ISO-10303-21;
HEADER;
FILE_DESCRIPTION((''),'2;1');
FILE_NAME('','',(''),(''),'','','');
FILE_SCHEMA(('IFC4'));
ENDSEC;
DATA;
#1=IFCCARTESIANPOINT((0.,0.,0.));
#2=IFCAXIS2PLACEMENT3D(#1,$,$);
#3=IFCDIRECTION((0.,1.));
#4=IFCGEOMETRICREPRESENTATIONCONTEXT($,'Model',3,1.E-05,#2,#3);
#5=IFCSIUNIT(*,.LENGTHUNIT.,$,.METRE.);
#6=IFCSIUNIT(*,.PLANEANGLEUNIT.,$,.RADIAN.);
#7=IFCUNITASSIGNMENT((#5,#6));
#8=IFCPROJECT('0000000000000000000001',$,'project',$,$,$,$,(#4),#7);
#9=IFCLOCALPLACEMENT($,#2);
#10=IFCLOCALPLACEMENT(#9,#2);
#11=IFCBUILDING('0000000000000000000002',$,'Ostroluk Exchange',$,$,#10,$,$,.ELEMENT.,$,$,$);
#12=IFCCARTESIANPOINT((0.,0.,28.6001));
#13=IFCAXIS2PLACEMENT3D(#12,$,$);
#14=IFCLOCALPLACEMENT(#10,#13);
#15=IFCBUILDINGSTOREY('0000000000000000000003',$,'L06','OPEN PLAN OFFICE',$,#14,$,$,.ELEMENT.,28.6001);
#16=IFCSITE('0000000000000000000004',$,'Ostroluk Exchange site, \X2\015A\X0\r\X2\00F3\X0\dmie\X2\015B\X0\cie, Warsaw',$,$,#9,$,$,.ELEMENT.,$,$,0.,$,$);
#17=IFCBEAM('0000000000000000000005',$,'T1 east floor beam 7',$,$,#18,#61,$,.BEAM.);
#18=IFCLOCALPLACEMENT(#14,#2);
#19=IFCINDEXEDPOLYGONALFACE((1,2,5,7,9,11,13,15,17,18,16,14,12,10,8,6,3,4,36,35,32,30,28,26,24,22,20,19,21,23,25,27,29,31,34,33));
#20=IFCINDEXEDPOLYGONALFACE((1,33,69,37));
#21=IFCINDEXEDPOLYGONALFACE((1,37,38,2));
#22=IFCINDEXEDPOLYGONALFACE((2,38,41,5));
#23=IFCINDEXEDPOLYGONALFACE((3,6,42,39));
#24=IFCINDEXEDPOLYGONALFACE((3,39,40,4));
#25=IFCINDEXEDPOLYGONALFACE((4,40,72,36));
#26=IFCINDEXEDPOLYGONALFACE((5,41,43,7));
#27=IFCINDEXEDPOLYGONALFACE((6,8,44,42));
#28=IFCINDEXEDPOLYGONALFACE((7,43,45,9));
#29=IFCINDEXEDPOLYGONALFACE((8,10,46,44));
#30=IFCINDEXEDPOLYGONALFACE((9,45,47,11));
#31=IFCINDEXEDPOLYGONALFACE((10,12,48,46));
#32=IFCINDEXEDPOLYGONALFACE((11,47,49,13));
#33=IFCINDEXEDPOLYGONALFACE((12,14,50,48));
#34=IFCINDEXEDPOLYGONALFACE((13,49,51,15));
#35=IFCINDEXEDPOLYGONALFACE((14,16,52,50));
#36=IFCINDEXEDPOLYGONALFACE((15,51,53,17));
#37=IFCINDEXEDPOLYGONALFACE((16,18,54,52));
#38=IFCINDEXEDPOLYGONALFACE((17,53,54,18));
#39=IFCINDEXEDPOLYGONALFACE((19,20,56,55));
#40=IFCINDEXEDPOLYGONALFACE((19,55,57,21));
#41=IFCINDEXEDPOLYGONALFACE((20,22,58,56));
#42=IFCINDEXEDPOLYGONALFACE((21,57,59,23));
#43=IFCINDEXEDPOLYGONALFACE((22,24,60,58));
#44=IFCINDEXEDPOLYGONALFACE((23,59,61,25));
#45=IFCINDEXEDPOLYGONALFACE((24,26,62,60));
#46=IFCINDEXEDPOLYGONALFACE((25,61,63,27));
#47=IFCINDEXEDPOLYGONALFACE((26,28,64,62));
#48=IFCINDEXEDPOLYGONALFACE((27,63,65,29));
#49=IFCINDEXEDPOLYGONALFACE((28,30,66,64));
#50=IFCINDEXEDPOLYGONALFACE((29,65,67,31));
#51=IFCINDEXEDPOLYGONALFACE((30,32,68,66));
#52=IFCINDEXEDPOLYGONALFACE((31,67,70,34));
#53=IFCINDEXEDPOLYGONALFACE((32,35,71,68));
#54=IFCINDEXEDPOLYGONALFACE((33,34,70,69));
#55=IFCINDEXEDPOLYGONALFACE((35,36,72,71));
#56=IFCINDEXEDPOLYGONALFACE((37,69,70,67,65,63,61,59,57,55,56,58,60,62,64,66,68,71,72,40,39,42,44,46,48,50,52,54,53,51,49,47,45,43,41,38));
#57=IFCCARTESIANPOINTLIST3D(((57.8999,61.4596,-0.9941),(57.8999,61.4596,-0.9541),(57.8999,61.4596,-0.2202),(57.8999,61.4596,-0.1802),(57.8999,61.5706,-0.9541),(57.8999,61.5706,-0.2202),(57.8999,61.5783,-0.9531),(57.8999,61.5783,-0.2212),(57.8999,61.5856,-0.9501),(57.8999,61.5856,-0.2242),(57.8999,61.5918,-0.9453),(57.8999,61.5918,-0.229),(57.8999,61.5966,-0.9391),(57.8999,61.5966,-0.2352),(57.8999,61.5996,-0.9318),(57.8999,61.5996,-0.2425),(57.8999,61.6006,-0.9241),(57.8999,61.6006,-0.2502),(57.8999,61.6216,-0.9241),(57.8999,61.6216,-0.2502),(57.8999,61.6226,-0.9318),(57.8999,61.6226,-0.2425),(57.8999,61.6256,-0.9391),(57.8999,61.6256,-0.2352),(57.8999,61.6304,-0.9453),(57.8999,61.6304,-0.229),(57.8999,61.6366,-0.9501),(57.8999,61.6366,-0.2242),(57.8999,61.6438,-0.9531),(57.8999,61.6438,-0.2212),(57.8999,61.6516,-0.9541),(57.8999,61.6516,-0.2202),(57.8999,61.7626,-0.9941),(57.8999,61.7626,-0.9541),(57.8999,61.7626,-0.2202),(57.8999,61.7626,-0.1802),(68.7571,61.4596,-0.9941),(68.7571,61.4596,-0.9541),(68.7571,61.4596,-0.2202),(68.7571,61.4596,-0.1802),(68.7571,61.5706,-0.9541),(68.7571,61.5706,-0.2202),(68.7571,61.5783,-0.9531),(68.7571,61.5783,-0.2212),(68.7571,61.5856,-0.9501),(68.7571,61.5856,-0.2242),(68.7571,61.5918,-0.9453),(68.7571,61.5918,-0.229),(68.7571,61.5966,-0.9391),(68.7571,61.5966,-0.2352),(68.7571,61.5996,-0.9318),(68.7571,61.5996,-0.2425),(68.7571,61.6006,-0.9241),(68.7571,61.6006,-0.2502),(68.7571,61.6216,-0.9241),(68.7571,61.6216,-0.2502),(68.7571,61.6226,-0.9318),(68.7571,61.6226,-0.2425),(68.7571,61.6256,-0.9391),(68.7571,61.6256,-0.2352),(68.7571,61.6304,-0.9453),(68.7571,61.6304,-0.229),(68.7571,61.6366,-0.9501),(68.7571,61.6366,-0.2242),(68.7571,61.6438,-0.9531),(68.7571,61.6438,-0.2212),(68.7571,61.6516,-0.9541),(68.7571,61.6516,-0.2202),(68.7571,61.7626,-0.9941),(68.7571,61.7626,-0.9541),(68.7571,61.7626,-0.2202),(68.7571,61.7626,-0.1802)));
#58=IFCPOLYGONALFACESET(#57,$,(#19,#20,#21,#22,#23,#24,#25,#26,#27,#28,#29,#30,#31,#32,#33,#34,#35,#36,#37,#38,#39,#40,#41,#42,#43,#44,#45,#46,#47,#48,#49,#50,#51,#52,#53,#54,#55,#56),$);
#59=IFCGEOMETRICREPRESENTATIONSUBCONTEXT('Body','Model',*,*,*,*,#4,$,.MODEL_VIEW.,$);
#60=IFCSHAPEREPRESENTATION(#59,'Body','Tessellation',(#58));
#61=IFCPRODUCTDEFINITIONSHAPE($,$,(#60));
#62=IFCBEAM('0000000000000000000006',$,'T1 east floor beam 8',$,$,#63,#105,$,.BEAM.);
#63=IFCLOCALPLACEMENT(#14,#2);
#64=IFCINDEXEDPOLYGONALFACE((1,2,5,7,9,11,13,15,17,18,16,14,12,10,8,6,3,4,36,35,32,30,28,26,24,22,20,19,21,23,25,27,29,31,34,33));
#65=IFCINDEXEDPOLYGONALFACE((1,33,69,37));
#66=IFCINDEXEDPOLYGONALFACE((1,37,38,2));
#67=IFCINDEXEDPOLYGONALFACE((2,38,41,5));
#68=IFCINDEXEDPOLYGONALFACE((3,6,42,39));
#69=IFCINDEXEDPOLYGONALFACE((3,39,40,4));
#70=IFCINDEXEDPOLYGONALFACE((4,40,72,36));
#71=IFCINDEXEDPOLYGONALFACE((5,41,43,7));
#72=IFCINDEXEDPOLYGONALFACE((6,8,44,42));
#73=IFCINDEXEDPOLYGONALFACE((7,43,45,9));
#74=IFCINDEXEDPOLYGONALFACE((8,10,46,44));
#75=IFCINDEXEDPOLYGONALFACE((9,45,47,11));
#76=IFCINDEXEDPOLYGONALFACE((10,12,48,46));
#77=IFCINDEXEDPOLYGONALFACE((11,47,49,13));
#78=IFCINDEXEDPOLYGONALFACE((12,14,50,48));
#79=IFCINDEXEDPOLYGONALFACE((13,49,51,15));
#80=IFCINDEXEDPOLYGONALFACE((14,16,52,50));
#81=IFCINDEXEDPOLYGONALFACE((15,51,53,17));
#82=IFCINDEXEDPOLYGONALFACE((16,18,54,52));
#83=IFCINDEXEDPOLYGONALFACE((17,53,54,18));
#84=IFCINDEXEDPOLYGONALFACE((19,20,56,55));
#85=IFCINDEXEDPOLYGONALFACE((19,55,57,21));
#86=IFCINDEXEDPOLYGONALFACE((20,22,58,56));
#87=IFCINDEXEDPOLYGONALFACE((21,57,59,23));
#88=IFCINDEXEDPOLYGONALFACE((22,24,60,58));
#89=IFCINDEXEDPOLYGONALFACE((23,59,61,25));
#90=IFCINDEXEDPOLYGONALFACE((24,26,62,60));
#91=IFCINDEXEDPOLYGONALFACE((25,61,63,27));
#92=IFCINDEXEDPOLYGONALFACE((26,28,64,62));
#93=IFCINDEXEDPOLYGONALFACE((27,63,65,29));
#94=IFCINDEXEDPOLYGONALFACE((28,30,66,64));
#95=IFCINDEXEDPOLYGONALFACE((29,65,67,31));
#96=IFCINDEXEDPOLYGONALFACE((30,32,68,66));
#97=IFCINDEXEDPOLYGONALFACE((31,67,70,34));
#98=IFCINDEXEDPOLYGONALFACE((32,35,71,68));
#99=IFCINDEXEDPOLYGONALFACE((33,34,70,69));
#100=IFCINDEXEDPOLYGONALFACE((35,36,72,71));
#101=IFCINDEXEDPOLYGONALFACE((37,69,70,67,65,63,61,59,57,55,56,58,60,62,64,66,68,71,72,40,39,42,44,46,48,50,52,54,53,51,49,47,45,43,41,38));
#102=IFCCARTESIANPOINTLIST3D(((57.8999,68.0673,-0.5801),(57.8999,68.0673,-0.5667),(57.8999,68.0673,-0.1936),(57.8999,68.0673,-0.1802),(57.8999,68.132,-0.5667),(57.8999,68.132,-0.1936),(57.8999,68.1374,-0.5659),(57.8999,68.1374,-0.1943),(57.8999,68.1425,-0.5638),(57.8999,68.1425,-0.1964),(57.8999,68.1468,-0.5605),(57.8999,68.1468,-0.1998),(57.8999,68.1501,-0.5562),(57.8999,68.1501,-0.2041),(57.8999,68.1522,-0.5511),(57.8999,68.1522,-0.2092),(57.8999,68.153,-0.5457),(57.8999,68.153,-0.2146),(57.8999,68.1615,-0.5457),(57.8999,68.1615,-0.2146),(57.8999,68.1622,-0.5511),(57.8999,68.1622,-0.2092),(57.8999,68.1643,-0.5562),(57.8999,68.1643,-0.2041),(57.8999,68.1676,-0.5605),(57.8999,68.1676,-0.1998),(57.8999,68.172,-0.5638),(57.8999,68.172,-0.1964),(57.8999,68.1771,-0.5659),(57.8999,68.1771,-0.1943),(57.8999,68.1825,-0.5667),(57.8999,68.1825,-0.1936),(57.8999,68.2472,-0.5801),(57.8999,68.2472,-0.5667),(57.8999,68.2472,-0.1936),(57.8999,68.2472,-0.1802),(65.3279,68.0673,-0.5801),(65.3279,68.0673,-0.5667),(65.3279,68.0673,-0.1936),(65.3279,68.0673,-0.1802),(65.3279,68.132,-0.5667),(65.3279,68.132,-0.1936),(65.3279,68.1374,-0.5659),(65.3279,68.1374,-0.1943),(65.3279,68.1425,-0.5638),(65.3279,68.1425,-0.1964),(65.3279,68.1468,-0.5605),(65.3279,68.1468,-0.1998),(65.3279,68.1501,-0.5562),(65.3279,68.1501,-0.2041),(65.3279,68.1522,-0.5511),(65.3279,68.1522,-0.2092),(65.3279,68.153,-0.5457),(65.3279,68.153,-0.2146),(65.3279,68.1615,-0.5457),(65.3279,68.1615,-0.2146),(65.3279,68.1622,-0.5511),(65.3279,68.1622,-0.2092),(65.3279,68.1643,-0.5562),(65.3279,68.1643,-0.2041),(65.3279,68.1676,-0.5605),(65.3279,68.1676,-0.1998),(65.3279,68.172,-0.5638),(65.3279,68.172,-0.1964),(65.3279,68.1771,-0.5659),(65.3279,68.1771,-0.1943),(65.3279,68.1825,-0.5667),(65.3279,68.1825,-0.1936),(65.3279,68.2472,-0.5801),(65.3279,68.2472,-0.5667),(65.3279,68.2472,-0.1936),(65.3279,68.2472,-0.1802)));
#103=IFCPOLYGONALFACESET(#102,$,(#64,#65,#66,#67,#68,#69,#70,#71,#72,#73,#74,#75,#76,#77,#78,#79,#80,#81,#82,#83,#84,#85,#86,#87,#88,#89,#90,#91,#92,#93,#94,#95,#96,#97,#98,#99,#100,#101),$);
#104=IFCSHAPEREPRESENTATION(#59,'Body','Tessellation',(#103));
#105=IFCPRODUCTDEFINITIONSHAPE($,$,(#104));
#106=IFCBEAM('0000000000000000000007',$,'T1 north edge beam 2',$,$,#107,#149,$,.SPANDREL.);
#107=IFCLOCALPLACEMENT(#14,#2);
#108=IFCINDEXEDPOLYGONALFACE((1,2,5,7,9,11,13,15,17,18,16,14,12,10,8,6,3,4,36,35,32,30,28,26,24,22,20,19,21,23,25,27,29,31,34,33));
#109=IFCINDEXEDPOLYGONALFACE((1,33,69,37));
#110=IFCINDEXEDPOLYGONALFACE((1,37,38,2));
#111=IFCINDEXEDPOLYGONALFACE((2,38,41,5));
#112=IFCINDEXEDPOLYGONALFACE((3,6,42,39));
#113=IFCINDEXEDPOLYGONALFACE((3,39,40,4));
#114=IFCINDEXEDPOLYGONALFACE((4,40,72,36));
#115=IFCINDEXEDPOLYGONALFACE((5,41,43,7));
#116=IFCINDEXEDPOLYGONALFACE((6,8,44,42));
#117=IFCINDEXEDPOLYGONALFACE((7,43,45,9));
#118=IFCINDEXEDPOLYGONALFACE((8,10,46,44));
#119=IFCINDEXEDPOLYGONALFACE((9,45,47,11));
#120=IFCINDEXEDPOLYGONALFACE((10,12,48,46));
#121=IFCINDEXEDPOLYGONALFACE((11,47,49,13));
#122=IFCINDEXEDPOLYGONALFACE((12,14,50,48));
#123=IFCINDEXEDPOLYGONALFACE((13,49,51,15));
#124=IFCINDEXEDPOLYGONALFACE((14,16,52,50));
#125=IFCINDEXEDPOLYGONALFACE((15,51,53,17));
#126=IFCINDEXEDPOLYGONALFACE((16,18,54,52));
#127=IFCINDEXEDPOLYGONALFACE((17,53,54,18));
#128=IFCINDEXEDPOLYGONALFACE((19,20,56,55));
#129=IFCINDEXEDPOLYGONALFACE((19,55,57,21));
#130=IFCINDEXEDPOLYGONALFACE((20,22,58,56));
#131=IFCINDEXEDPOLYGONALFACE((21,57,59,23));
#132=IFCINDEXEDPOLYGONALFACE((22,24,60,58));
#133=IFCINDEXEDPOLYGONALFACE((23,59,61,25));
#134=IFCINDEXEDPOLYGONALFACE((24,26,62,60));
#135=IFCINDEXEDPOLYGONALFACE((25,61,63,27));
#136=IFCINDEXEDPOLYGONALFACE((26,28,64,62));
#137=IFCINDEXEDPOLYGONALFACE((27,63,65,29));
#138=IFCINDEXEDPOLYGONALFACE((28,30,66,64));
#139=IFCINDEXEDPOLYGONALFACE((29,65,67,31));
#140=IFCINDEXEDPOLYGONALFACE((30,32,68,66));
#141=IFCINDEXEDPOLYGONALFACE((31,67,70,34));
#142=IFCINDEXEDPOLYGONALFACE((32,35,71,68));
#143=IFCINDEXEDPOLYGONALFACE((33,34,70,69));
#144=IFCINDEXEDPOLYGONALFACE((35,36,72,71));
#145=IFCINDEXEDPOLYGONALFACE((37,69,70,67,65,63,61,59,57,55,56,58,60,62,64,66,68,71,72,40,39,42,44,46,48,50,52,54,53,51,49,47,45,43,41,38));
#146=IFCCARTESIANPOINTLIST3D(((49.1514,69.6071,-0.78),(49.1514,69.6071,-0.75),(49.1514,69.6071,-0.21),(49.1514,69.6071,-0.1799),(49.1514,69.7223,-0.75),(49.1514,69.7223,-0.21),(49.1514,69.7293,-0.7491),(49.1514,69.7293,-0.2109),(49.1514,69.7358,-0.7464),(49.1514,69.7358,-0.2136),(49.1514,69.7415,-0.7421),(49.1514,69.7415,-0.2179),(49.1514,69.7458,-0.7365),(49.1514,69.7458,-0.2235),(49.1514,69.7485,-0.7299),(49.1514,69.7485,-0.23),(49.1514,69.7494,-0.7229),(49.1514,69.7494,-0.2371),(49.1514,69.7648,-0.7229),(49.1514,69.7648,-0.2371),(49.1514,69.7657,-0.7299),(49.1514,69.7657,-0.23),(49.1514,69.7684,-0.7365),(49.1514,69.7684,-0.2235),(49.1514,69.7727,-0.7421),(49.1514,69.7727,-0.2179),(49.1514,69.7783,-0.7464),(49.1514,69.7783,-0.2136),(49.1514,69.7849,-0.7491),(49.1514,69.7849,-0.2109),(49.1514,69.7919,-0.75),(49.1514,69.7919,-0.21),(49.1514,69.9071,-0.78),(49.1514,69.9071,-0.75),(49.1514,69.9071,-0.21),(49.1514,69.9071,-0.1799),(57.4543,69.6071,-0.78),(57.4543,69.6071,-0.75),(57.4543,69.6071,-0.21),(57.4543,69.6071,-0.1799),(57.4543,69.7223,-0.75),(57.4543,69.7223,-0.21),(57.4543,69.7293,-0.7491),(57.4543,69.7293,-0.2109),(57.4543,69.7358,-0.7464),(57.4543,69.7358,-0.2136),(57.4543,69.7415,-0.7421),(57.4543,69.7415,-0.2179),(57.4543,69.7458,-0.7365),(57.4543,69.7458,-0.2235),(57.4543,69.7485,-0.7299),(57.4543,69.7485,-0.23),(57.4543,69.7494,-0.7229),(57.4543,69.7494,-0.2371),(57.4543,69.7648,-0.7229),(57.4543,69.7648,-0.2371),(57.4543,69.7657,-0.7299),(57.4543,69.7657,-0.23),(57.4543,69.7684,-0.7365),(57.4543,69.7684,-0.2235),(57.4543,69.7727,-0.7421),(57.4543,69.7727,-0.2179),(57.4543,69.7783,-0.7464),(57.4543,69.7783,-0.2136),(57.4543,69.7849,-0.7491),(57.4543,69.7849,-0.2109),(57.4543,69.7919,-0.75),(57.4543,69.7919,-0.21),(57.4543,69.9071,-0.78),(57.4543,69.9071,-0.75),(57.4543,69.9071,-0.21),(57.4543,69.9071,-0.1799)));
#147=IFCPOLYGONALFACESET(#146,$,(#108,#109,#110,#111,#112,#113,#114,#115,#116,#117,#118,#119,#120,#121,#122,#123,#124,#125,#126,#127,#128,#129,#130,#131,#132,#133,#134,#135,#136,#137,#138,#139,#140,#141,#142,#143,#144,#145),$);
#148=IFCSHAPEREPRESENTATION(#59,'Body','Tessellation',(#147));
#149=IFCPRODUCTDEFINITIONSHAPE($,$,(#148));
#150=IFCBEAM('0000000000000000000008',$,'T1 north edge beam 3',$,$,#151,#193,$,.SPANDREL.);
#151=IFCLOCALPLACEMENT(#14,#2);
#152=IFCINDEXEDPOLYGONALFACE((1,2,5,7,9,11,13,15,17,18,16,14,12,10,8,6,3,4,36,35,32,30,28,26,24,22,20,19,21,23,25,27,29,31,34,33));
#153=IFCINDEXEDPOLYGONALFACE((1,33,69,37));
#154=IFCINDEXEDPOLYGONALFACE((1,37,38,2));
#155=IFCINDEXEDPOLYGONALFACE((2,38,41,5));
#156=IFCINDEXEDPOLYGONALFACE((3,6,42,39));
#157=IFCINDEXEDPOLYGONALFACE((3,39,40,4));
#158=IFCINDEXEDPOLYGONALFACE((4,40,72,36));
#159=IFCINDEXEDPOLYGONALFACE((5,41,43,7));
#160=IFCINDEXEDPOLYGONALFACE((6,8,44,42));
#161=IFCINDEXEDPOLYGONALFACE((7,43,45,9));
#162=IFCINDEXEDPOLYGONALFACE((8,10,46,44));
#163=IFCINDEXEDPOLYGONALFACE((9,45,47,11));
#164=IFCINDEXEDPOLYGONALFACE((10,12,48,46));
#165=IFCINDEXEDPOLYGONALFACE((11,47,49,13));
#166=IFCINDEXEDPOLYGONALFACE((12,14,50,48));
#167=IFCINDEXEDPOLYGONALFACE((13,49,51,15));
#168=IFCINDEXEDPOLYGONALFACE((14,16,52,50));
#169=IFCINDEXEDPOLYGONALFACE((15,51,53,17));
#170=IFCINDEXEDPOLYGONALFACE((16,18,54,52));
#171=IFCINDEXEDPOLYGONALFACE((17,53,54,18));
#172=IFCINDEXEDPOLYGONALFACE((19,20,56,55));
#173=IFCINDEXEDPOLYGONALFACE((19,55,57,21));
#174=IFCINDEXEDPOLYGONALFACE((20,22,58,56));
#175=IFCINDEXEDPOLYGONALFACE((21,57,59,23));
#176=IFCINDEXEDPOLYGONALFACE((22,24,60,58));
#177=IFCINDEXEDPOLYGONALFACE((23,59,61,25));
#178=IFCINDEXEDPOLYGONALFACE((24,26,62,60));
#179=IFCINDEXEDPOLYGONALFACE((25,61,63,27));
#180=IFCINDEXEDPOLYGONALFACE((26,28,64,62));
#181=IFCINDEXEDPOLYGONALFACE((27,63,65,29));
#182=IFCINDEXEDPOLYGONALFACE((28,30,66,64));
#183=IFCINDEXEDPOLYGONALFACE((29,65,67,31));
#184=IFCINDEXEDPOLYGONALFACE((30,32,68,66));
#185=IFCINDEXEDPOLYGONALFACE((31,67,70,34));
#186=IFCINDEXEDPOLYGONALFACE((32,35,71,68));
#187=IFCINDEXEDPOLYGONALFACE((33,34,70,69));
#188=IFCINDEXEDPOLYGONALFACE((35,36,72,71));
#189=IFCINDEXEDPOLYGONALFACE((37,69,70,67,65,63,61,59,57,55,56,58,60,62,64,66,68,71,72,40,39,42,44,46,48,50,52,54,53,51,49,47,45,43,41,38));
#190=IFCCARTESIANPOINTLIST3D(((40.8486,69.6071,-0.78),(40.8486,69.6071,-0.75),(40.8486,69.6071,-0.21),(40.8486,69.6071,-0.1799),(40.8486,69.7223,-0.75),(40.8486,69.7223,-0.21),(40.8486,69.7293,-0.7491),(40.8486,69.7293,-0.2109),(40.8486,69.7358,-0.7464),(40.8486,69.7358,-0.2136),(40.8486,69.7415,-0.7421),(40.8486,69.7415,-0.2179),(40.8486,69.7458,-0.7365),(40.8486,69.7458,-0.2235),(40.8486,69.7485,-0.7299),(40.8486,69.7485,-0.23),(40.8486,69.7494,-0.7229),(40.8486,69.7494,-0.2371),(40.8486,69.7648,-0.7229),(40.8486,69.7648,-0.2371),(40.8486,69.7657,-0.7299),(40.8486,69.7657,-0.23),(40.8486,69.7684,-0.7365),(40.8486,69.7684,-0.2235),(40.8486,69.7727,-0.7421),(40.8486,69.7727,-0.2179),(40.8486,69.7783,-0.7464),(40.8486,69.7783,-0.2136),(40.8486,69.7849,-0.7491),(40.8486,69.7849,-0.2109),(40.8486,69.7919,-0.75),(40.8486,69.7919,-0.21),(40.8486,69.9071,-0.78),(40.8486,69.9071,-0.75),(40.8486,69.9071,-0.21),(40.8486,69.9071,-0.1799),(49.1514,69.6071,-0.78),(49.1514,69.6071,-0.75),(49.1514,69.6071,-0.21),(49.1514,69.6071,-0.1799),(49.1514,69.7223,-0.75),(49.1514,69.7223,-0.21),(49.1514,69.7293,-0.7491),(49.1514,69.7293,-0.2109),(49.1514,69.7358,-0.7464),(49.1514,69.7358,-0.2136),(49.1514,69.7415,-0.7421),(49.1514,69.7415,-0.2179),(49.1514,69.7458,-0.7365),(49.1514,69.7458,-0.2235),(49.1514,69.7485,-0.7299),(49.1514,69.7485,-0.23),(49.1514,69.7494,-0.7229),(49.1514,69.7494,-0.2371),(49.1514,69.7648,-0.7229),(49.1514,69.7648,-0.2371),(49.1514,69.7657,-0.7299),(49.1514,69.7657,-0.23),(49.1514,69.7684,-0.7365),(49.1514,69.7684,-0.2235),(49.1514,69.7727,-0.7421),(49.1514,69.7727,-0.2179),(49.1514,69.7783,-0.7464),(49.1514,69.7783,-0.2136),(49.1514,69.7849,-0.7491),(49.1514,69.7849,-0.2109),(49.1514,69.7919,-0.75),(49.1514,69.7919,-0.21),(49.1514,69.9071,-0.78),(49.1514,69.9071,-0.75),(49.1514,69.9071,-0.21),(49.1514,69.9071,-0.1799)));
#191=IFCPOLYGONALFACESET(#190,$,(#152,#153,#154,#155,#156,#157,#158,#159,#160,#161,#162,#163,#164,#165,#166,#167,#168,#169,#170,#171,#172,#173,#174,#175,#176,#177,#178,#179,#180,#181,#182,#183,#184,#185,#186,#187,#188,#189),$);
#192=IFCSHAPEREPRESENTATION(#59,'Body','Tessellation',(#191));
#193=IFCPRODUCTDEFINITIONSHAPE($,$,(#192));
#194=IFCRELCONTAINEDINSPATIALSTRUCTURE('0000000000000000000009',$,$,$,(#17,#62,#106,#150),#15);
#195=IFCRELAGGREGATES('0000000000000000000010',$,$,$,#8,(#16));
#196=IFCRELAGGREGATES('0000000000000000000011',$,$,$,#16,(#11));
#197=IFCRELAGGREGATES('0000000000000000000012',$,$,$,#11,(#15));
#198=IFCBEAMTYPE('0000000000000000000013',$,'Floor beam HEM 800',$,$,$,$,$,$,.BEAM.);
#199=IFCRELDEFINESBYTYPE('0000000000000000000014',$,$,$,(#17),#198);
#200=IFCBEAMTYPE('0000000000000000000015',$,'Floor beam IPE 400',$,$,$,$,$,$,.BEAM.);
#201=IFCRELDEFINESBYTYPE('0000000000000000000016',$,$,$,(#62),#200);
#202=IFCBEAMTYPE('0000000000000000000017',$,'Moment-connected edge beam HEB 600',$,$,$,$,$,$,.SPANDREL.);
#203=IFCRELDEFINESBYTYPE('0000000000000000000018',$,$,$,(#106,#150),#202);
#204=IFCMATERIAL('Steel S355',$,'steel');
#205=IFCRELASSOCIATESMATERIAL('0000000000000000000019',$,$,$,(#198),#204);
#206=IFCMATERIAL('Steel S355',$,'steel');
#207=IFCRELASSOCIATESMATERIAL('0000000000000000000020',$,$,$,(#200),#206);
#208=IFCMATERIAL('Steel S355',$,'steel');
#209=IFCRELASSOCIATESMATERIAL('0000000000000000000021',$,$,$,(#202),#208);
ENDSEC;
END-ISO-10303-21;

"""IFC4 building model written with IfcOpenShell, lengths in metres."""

from ifc_helpers import new_model, si_unit, direction, frame, origin, origin_2d, place, context, subcontext, project, spatial, i_section, extrude, material, material_profile, profile_set, type_object, element, save


model = new_model("IFC4")

# Units and contexts
model_context = context("Model", 3, precision=1e-05, world=origin(), true_north=direction((0.0, 1.0)))
body_context = subcontext(model_context, "Body", "Model", "MODEL_VIEW")
ifc_project = project(units=[si_unit("LENGTHUNIT", "METRE"), si_unit("PLANEANGLEUNIT", "RADIAN")], contexts=[model_context])

# Site, building, storey
site_placement = place(None, origin())
site = spatial("IfcSite", under=ifc_project, at=site_placement, Name="Ostroluk Exchange site, Śródmieście, Warsaw", CompositionType="ELEMENT", RefElevation=0.0)
building_placement = place(site_placement, origin())
building = spatial("IfcBuilding", under=site, at=building_placement, Name="Ostroluk Exchange", CompositionType="ELEMENT")
storey_placement = place(building_placement, frame((0.0, 0.0, 28.6001)))
storey = spatial("IfcBuildingStorey", under=building, at=storey_placement, Name="L06", Description="OPEN PLAN OFFICE", CompositionType="ELEMENT", Elevation=28.6001)

# Beams
ifc_material_1 = material(Name="Steel S355", Category="steel")
ifc_material_profile_1 = material_profile(ifc_material_1, i_section(OverallWidth=0.303, OverallDepth=0.814, WebThickness=0.021, FlangeThickness=0.04, FilletRadius=0.03, at=origin_2d()), Name="HEM 800")
ifc_profile_set_1 = profile_set([ifc_material_profile_1], Name="Steel S355")
beam_type_1 = type_object("IfcBeamType", Name="Floor beam HEM 800", PredefinedType="BEAM", material=ifc_profile_set_1)
beam_1_placement = place(storey_placement, frame((57.8999, 61.6111, -0.5872), z_axis=(1.0, 0.0, 0.0), x_axis=(0.0, 1.0, 0.0)))
element("IfcBeam", 1, at=beam_1_placement, inside=storey, type_object=beam_type_1, Name="T1 east floor beam 7", PredefinedType="BEAM", context=body_context, shape_type="SweptSolid", body=[
    extrude(i_section(OverallWidth=0.303, OverallDepth=0.814, WebThickness=0.021, FlangeThickness=0.04, FilletRadius=0.03, at=origin_2d()), origin(), (0.0, 0.0, 1.0), 10.8572),
])
ifc_material_2 = material(Name="Steel S355", Category="steel")
ifc_material_profile_2 = material_profile(ifc_material_2, i_section(OverallWidth=0.1799, OverallDepth=0.3999, WebThickness=0.0085, FlangeThickness=0.0134, FilletRadius=0.021, at=origin_2d()), Name="IPE 400")
ifc_profile_set_2 = profile_set([ifc_material_profile_2], Name="Steel S355")
beam_type_2 = type_object("IfcBeamType", Name="Floor beam IPE 400", PredefinedType="BEAM", material=ifc_profile_set_2)
beam_2_placement = place(storey_placement, frame((57.8999, 68.1572, -0.3801), z_axis=(1.0, 0.0, 0.0), x_axis=(0.0, 1.0, 0.0)))
element("IfcBeam", 2, at=beam_2_placement, inside=storey, type_object=beam_type_2, Name="T1 east floor beam 8", PredefinedType="BEAM", context=body_context, shape_type="SweptSolid", body=[
    extrude(i_section(OverallWidth=0.1799, OverallDepth=0.3999, WebThickness=0.0085, FlangeThickness=0.0134, FilletRadius=0.021, at=origin_2d()), origin(), (0.0, 0.0, 1.0), 7.428),
])
ifc_material_3 = material(Name="Steel S355", Category="steel")
ifc_material_profile_3 = material_profile(ifc_material_3, i_section(OverallWidth=0.3, OverallDepth=0.6001, WebThickness=0.0154, FlangeThickness=0.03, FilletRadius=0.0271, at=origin_2d()), Name="HEB 600")
ifc_profile_set_3 = profile_set([ifc_material_profile_3], Name="Steel S355")
beam_type_3 = type_object("IfcBeamType", Name="Moment-connected edge beam HEB 600", PredefinedType="SPANDREL", material=ifc_profile_set_3)
beam_3_placement = place(storey_placement, frame((57.4543, 69.7571, -0.48), z_axis=(-1.0, 0.0, 0.0), x_axis=(0.0, -1.0, 0.0)))
element("IfcBeam", 3, at=beam_3_placement, inside=storey, type_object=beam_type_3, Name="T1 north edge beam 2", PredefinedType="SPANDREL", context=body_context, shape_type="SweptSolid", body=[
    extrude(i_section(OverallWidth=0.3, OverallDepth=0.6001, WebThickness=0.0154, FlangeThickness=0.03, FilletRadius=0.0271, at=origin_2d()), origin(), (0.0, 0.0, 1.0), 8.303),
])
beam_4_placement = place(storey_placement, frame((49.1514, 69.7571, -0.48), z_axis=(-1.0, 0.0, 0.0), x_axis=(0.0, -1.0, 0.0)))
element("IfcBeam", 4, at=beam_4_placement, inside=storey, type_object=beam_type_3, Name="T1 north edge beam 3", PredefinedType="SPANDREL", context=body_context, shape_type="SweptSolid", body=[
    extrude(i_section(OverallWidth=0.3, OverallDepth=0.6001, WebThickness=0.0154, FlangeThickness=0.03, FilletRadius=0.0271, at=origin_2d()), origin(), (0.0, 0.0, 1.0), 8.3027),
])

save(model, "model.ifc")
